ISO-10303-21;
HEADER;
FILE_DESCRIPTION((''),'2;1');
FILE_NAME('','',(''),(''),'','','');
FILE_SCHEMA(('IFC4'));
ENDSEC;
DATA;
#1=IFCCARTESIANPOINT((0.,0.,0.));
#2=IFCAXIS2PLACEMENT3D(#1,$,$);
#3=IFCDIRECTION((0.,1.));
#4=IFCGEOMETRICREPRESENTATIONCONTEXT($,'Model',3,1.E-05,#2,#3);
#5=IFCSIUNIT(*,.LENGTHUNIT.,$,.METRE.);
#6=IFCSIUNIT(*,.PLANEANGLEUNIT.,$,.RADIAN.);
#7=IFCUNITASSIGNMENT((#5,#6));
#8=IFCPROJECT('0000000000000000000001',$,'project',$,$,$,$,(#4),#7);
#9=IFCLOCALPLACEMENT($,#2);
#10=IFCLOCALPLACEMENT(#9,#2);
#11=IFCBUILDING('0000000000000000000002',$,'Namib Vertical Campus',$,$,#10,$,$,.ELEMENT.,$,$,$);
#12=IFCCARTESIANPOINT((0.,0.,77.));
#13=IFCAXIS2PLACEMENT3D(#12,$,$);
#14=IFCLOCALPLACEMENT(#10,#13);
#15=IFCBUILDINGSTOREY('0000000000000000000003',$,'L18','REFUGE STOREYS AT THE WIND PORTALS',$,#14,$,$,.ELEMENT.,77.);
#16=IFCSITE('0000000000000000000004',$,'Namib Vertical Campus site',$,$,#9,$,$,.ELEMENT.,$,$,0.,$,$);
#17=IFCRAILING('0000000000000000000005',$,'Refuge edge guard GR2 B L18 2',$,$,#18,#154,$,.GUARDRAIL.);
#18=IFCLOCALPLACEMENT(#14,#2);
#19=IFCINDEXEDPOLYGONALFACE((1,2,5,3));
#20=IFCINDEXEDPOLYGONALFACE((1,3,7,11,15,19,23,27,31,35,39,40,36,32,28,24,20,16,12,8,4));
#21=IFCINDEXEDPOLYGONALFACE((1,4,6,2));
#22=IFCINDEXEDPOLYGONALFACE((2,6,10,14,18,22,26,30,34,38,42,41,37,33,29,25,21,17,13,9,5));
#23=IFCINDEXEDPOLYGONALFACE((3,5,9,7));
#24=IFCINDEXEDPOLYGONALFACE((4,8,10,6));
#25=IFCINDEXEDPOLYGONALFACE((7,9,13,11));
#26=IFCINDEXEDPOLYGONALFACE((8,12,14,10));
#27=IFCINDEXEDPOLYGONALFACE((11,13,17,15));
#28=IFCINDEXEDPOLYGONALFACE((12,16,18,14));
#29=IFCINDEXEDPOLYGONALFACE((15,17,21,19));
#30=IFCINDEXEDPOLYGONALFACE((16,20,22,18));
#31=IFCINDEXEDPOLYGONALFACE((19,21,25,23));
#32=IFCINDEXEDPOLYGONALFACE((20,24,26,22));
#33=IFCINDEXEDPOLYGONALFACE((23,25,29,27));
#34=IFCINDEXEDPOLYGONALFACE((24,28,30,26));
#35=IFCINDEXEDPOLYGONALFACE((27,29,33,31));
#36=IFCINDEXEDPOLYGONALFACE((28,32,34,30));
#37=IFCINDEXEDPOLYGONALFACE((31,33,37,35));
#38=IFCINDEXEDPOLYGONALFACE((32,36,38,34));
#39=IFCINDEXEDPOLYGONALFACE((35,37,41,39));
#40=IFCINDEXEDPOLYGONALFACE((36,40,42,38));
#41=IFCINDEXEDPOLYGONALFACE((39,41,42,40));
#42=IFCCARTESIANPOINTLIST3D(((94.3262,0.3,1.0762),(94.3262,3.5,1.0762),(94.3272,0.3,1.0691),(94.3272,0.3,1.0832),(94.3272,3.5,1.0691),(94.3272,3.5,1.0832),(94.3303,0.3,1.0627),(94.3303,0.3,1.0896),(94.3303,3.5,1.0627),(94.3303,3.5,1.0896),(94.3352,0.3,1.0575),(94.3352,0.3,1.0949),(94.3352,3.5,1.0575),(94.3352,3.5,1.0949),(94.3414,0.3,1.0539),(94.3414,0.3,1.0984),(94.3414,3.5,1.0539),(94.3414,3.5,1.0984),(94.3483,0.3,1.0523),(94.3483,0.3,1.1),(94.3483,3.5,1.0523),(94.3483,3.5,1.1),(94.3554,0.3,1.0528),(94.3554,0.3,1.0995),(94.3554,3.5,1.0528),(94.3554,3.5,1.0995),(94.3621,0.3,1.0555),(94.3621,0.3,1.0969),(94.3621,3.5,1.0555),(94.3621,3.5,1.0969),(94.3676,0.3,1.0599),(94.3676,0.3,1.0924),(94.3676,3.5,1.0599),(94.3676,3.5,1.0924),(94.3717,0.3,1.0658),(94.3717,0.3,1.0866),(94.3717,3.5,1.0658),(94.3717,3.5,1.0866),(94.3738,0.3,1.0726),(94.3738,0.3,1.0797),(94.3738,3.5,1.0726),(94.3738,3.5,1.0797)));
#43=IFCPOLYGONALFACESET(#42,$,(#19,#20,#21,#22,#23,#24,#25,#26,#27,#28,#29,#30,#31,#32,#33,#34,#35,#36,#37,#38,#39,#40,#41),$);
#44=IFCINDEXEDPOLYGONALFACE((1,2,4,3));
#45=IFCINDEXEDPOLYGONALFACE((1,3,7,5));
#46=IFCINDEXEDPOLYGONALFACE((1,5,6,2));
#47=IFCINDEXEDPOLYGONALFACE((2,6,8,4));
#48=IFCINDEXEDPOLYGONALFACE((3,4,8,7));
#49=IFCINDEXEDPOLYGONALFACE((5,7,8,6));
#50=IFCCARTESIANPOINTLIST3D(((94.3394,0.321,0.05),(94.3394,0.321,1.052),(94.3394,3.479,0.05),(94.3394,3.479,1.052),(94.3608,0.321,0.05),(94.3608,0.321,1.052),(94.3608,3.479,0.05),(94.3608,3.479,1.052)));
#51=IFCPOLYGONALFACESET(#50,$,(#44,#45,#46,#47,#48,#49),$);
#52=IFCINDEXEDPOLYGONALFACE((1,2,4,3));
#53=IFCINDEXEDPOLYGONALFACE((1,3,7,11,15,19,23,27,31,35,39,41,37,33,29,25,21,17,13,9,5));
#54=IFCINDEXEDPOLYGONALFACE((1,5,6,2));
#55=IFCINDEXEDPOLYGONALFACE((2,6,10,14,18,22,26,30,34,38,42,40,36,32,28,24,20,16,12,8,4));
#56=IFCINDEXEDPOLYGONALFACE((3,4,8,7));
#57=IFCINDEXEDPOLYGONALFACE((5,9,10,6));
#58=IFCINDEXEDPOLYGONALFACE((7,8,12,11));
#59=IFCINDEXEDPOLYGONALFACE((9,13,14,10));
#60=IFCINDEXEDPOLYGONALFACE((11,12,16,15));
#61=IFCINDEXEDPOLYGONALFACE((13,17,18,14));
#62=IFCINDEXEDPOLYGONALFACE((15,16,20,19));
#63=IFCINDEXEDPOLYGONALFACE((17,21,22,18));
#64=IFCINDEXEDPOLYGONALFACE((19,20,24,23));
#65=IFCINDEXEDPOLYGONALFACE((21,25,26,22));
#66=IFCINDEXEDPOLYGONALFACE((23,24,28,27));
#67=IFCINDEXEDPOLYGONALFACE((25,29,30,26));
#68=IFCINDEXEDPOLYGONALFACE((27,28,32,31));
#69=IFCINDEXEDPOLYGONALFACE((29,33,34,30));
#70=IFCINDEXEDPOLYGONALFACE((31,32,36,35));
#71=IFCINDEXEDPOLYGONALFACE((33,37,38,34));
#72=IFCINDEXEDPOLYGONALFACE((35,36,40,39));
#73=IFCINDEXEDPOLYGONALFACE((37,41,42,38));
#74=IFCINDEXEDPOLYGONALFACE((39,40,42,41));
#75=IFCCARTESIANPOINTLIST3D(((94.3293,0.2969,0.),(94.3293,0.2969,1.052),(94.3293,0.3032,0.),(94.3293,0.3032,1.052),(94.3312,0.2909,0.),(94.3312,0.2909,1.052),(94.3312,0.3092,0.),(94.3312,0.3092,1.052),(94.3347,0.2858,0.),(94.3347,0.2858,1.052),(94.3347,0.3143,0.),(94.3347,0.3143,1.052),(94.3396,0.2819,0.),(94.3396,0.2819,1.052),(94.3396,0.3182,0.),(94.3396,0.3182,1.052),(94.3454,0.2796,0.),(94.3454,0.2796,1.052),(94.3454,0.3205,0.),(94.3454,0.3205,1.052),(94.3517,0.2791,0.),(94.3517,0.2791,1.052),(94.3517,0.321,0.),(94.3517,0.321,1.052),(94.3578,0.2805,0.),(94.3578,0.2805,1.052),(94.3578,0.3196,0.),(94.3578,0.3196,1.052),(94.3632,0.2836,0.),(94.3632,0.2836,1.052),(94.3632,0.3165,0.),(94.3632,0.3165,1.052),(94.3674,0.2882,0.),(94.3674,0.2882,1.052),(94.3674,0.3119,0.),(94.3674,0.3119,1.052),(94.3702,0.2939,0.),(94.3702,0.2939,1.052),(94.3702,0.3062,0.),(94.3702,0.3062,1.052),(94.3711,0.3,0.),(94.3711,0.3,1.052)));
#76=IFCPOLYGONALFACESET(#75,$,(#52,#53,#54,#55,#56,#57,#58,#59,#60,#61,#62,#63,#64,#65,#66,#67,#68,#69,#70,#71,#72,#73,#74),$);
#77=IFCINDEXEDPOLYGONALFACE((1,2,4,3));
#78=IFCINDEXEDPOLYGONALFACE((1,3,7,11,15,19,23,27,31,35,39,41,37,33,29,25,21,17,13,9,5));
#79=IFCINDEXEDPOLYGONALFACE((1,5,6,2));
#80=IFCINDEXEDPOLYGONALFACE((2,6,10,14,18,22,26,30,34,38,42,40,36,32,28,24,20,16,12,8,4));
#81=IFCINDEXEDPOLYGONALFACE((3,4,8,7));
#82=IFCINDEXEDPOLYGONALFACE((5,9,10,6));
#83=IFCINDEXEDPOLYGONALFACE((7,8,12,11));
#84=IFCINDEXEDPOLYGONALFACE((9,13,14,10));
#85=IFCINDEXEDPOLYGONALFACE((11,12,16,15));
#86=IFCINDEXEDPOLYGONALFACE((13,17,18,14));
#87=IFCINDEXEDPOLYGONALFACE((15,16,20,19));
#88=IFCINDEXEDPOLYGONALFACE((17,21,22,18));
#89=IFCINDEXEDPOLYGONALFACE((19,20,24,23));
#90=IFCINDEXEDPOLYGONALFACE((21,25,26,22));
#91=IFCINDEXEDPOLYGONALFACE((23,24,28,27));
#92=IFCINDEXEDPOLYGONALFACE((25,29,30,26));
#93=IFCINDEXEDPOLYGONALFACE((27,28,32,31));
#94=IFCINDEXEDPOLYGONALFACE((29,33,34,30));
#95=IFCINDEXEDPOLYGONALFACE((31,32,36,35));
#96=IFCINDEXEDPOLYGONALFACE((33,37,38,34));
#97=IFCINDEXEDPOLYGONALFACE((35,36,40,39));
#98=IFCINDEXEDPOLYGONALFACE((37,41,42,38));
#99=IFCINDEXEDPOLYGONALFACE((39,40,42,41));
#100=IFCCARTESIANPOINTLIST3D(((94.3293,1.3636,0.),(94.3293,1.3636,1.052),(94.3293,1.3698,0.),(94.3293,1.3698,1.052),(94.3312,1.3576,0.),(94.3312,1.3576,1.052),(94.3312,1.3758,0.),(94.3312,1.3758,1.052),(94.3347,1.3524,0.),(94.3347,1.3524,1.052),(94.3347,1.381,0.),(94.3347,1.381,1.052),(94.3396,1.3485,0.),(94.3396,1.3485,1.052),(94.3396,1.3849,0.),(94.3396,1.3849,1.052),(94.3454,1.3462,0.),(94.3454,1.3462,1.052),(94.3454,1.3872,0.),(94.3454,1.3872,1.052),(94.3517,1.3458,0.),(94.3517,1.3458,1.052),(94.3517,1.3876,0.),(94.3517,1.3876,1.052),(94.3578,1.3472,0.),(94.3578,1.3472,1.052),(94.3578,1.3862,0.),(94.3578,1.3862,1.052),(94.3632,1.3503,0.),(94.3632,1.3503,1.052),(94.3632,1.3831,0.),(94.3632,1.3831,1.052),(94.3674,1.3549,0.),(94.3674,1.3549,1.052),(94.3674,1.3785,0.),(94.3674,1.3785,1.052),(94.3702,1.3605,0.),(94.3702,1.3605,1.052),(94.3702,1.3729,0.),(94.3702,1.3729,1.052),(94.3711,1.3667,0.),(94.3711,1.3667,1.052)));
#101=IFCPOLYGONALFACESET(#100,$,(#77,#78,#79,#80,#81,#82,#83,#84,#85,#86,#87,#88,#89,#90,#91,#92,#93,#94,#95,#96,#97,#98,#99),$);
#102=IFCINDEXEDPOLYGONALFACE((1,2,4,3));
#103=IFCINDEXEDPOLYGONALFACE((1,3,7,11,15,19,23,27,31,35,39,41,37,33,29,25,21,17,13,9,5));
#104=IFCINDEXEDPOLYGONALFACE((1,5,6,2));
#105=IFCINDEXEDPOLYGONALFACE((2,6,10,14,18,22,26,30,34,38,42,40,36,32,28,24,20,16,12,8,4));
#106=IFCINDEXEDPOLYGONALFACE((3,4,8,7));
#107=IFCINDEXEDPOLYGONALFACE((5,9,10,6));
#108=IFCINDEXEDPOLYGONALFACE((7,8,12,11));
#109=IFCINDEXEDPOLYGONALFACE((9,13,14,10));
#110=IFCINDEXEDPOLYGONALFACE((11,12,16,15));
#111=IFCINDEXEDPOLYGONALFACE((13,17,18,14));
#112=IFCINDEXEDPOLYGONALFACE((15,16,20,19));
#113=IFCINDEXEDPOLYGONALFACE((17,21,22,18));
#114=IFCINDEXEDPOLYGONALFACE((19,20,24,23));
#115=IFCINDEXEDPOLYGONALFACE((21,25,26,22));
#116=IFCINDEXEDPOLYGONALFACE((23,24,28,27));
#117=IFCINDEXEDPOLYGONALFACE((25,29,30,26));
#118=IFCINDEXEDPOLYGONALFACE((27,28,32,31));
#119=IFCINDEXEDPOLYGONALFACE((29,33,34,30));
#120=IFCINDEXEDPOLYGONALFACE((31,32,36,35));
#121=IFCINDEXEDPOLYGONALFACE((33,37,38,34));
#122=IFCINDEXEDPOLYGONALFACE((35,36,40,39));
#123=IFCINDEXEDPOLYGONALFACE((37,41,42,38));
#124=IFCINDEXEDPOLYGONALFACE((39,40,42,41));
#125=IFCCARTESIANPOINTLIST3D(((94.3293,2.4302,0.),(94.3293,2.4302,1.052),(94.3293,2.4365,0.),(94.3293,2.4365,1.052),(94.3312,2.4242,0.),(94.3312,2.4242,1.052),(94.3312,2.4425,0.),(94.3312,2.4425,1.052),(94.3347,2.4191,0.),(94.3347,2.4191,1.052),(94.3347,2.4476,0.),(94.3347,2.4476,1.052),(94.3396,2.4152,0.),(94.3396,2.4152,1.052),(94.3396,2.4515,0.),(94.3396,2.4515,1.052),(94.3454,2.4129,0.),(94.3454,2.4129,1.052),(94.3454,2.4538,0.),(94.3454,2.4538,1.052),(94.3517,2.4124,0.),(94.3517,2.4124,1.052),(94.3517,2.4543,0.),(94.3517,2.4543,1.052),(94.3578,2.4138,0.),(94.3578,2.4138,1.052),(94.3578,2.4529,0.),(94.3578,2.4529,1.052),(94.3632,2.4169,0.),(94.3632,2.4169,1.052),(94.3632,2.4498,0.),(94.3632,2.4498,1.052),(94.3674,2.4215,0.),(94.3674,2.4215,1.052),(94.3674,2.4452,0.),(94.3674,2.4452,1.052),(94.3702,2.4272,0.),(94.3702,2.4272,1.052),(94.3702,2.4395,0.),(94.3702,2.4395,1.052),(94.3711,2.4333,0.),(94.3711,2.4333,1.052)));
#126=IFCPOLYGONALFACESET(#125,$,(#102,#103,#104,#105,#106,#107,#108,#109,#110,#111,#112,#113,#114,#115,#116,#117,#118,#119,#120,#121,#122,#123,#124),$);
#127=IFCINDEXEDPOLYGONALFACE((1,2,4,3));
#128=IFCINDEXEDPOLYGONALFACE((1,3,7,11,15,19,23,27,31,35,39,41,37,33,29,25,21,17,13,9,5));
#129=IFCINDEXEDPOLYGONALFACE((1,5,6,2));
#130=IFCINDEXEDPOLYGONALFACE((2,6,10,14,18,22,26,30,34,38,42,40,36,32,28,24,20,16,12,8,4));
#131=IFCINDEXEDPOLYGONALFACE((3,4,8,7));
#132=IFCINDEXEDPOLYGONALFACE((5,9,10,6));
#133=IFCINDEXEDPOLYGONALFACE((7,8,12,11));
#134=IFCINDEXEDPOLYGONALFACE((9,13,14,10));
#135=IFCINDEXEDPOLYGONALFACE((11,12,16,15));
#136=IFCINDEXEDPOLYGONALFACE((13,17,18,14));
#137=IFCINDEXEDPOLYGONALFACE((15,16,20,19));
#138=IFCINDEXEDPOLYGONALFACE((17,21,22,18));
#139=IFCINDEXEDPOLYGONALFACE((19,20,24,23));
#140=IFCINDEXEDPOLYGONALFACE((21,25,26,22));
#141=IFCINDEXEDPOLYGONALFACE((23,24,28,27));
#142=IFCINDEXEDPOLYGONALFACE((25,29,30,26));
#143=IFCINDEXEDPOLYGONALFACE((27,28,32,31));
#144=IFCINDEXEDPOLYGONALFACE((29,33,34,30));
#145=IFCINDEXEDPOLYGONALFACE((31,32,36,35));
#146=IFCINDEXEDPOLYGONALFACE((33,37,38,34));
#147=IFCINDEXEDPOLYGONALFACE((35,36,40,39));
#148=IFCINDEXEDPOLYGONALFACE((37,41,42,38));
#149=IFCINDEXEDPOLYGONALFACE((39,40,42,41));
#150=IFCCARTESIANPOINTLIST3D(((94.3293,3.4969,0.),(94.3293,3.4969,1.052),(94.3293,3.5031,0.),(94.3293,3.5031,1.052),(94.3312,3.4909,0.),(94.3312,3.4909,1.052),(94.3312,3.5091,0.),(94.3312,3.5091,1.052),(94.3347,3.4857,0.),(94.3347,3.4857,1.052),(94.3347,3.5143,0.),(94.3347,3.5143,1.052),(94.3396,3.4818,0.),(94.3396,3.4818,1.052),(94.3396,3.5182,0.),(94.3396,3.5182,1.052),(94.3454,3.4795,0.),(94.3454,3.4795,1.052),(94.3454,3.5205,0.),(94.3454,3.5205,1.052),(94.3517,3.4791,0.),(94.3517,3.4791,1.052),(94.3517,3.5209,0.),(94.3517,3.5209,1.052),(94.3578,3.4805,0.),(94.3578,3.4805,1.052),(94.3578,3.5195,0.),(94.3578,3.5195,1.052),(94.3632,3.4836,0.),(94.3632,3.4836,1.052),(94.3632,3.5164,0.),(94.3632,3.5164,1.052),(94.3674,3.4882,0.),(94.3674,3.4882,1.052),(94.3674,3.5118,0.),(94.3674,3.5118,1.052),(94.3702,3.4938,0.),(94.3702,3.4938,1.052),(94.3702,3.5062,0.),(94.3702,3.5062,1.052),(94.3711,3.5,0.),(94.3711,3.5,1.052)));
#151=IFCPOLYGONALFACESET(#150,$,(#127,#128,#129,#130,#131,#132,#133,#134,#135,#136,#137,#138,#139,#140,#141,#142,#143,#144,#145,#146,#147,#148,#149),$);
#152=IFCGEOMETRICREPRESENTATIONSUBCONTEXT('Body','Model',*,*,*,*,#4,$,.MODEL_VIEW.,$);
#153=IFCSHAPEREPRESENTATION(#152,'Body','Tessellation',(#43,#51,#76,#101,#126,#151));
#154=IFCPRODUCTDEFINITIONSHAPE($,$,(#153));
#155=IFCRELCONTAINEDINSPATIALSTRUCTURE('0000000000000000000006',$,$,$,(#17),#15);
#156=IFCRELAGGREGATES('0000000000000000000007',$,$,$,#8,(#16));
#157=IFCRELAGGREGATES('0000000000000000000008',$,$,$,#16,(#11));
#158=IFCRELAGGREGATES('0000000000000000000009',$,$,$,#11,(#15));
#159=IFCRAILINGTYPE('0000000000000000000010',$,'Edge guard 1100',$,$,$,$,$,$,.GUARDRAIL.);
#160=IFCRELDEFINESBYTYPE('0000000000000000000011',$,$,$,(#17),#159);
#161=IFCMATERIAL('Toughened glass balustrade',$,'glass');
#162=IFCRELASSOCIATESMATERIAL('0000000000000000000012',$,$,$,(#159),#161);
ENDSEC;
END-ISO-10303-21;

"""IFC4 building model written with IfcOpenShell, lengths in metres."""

from ifc_helpers import new_model, si_unit, direction, frame, origin, origin_2d, place, context, subcontext, project, spatial, polyline, circle, outline, extrude, material, type_object, element, save


model = new_model("IFC4")

# Units and contexts
model_context = context("Model", 3, precision=1e-05, world=origin(), true_north=direction((0.0, 1.0)))
body_context = subcontext(model_context, "Body", "Model", "MODEL_VIEW")
ifc_project = project(units=[si_unit("LENGTHUNIT", "METRE"), si_unit("PLANEANGLEUNIT", "RADIAN")], contexts=[model_context])

# Site, building, storey
site_placement = place(None, origin())
site = spatial("IfcSite", under=ifc_project, at=site_placement, Name="Namib Vertical Campus site", CompositionType="ELEMENT", RefElevation=0.0)
building_placement = place(site_placement, origin())
building = spatial("IfcBuilding", under=site, at=building_placement, Name="Namib Vertical Campus", CompositionType="ELEMENT")
storey_placement = place(building_placement, frame((0.0, 0.0, 77.0)))
storey = spatial("IfcBuildingStorey", under=building, at=storey_placement, Name="L18", Description="REFUGE STOREYS AT THE WIND PORTALS", CompositionType="ELEMENT", Elevation=77.0)

# Railing
ifc_material_1 = material(Name="Toughened glass balustrade", Category="glass")
railing_type = type_object("IfcRailingType", Name="Edge guard 1100", PredefinedType="GUARDRAIL", material=ifc_material_1)
railing_1_placement = place(storey_placement, frame((94.3501, 0.3, 0.0)))
element("IfcRailing", 1, at=railing_1_placement, inside=storey, type_object=railing_type, Name="Refuge edge guard GR2 B L18 2", PredefinedType="GUARDRAIL", context=body_context, shape_type="SweptSolid", body=[
    extrude(circle(Radius=0.0239, at=origin_2d()), frame((0.0, 0.0, 1.0762), z_axis=(0.0, 1.0, 0.0), x_axis=(-1.0, 0.0, 0.0)), (0.0, 0.0, 1.0), 3.2),
    extrude(outline(polyline([(0.021, 0.05), (3.179, 0.05), (3.179, 1.052), (0.021, 1.052), (0.021, 0.05)])), frame((-0.0107, 0.0, 0.0), z_axis=(1.0, 0.0, 0.0), x_axis=(0.0, 1.0, 0.0)), (0.0, 0.0, 1.0), 0.0215),
    extrude(circle(Radius=0.021, at=origin_2d()), origin(), (0.0, 0.0, 1.0), 1.052),
    extrude(circle(Radius=0.021, at=origin_2d()), frame((0.0, 1.0667, 0.0)), (0.0, 0.0, 1.0), 1.052),
    extrude(circle(Radius=0.021, at=origin_2d()), frame((0.0, 2.1333, 0.0)), (0.0, 0.0, 1.0), 1.052),
    extrude(circle(Radius=0.021, at=origin_2d()), frame((0.0, 3.2, 0.0)), (0.0, 0.0, 1.0), 1.052),
])

save(model, "model.ifc")
